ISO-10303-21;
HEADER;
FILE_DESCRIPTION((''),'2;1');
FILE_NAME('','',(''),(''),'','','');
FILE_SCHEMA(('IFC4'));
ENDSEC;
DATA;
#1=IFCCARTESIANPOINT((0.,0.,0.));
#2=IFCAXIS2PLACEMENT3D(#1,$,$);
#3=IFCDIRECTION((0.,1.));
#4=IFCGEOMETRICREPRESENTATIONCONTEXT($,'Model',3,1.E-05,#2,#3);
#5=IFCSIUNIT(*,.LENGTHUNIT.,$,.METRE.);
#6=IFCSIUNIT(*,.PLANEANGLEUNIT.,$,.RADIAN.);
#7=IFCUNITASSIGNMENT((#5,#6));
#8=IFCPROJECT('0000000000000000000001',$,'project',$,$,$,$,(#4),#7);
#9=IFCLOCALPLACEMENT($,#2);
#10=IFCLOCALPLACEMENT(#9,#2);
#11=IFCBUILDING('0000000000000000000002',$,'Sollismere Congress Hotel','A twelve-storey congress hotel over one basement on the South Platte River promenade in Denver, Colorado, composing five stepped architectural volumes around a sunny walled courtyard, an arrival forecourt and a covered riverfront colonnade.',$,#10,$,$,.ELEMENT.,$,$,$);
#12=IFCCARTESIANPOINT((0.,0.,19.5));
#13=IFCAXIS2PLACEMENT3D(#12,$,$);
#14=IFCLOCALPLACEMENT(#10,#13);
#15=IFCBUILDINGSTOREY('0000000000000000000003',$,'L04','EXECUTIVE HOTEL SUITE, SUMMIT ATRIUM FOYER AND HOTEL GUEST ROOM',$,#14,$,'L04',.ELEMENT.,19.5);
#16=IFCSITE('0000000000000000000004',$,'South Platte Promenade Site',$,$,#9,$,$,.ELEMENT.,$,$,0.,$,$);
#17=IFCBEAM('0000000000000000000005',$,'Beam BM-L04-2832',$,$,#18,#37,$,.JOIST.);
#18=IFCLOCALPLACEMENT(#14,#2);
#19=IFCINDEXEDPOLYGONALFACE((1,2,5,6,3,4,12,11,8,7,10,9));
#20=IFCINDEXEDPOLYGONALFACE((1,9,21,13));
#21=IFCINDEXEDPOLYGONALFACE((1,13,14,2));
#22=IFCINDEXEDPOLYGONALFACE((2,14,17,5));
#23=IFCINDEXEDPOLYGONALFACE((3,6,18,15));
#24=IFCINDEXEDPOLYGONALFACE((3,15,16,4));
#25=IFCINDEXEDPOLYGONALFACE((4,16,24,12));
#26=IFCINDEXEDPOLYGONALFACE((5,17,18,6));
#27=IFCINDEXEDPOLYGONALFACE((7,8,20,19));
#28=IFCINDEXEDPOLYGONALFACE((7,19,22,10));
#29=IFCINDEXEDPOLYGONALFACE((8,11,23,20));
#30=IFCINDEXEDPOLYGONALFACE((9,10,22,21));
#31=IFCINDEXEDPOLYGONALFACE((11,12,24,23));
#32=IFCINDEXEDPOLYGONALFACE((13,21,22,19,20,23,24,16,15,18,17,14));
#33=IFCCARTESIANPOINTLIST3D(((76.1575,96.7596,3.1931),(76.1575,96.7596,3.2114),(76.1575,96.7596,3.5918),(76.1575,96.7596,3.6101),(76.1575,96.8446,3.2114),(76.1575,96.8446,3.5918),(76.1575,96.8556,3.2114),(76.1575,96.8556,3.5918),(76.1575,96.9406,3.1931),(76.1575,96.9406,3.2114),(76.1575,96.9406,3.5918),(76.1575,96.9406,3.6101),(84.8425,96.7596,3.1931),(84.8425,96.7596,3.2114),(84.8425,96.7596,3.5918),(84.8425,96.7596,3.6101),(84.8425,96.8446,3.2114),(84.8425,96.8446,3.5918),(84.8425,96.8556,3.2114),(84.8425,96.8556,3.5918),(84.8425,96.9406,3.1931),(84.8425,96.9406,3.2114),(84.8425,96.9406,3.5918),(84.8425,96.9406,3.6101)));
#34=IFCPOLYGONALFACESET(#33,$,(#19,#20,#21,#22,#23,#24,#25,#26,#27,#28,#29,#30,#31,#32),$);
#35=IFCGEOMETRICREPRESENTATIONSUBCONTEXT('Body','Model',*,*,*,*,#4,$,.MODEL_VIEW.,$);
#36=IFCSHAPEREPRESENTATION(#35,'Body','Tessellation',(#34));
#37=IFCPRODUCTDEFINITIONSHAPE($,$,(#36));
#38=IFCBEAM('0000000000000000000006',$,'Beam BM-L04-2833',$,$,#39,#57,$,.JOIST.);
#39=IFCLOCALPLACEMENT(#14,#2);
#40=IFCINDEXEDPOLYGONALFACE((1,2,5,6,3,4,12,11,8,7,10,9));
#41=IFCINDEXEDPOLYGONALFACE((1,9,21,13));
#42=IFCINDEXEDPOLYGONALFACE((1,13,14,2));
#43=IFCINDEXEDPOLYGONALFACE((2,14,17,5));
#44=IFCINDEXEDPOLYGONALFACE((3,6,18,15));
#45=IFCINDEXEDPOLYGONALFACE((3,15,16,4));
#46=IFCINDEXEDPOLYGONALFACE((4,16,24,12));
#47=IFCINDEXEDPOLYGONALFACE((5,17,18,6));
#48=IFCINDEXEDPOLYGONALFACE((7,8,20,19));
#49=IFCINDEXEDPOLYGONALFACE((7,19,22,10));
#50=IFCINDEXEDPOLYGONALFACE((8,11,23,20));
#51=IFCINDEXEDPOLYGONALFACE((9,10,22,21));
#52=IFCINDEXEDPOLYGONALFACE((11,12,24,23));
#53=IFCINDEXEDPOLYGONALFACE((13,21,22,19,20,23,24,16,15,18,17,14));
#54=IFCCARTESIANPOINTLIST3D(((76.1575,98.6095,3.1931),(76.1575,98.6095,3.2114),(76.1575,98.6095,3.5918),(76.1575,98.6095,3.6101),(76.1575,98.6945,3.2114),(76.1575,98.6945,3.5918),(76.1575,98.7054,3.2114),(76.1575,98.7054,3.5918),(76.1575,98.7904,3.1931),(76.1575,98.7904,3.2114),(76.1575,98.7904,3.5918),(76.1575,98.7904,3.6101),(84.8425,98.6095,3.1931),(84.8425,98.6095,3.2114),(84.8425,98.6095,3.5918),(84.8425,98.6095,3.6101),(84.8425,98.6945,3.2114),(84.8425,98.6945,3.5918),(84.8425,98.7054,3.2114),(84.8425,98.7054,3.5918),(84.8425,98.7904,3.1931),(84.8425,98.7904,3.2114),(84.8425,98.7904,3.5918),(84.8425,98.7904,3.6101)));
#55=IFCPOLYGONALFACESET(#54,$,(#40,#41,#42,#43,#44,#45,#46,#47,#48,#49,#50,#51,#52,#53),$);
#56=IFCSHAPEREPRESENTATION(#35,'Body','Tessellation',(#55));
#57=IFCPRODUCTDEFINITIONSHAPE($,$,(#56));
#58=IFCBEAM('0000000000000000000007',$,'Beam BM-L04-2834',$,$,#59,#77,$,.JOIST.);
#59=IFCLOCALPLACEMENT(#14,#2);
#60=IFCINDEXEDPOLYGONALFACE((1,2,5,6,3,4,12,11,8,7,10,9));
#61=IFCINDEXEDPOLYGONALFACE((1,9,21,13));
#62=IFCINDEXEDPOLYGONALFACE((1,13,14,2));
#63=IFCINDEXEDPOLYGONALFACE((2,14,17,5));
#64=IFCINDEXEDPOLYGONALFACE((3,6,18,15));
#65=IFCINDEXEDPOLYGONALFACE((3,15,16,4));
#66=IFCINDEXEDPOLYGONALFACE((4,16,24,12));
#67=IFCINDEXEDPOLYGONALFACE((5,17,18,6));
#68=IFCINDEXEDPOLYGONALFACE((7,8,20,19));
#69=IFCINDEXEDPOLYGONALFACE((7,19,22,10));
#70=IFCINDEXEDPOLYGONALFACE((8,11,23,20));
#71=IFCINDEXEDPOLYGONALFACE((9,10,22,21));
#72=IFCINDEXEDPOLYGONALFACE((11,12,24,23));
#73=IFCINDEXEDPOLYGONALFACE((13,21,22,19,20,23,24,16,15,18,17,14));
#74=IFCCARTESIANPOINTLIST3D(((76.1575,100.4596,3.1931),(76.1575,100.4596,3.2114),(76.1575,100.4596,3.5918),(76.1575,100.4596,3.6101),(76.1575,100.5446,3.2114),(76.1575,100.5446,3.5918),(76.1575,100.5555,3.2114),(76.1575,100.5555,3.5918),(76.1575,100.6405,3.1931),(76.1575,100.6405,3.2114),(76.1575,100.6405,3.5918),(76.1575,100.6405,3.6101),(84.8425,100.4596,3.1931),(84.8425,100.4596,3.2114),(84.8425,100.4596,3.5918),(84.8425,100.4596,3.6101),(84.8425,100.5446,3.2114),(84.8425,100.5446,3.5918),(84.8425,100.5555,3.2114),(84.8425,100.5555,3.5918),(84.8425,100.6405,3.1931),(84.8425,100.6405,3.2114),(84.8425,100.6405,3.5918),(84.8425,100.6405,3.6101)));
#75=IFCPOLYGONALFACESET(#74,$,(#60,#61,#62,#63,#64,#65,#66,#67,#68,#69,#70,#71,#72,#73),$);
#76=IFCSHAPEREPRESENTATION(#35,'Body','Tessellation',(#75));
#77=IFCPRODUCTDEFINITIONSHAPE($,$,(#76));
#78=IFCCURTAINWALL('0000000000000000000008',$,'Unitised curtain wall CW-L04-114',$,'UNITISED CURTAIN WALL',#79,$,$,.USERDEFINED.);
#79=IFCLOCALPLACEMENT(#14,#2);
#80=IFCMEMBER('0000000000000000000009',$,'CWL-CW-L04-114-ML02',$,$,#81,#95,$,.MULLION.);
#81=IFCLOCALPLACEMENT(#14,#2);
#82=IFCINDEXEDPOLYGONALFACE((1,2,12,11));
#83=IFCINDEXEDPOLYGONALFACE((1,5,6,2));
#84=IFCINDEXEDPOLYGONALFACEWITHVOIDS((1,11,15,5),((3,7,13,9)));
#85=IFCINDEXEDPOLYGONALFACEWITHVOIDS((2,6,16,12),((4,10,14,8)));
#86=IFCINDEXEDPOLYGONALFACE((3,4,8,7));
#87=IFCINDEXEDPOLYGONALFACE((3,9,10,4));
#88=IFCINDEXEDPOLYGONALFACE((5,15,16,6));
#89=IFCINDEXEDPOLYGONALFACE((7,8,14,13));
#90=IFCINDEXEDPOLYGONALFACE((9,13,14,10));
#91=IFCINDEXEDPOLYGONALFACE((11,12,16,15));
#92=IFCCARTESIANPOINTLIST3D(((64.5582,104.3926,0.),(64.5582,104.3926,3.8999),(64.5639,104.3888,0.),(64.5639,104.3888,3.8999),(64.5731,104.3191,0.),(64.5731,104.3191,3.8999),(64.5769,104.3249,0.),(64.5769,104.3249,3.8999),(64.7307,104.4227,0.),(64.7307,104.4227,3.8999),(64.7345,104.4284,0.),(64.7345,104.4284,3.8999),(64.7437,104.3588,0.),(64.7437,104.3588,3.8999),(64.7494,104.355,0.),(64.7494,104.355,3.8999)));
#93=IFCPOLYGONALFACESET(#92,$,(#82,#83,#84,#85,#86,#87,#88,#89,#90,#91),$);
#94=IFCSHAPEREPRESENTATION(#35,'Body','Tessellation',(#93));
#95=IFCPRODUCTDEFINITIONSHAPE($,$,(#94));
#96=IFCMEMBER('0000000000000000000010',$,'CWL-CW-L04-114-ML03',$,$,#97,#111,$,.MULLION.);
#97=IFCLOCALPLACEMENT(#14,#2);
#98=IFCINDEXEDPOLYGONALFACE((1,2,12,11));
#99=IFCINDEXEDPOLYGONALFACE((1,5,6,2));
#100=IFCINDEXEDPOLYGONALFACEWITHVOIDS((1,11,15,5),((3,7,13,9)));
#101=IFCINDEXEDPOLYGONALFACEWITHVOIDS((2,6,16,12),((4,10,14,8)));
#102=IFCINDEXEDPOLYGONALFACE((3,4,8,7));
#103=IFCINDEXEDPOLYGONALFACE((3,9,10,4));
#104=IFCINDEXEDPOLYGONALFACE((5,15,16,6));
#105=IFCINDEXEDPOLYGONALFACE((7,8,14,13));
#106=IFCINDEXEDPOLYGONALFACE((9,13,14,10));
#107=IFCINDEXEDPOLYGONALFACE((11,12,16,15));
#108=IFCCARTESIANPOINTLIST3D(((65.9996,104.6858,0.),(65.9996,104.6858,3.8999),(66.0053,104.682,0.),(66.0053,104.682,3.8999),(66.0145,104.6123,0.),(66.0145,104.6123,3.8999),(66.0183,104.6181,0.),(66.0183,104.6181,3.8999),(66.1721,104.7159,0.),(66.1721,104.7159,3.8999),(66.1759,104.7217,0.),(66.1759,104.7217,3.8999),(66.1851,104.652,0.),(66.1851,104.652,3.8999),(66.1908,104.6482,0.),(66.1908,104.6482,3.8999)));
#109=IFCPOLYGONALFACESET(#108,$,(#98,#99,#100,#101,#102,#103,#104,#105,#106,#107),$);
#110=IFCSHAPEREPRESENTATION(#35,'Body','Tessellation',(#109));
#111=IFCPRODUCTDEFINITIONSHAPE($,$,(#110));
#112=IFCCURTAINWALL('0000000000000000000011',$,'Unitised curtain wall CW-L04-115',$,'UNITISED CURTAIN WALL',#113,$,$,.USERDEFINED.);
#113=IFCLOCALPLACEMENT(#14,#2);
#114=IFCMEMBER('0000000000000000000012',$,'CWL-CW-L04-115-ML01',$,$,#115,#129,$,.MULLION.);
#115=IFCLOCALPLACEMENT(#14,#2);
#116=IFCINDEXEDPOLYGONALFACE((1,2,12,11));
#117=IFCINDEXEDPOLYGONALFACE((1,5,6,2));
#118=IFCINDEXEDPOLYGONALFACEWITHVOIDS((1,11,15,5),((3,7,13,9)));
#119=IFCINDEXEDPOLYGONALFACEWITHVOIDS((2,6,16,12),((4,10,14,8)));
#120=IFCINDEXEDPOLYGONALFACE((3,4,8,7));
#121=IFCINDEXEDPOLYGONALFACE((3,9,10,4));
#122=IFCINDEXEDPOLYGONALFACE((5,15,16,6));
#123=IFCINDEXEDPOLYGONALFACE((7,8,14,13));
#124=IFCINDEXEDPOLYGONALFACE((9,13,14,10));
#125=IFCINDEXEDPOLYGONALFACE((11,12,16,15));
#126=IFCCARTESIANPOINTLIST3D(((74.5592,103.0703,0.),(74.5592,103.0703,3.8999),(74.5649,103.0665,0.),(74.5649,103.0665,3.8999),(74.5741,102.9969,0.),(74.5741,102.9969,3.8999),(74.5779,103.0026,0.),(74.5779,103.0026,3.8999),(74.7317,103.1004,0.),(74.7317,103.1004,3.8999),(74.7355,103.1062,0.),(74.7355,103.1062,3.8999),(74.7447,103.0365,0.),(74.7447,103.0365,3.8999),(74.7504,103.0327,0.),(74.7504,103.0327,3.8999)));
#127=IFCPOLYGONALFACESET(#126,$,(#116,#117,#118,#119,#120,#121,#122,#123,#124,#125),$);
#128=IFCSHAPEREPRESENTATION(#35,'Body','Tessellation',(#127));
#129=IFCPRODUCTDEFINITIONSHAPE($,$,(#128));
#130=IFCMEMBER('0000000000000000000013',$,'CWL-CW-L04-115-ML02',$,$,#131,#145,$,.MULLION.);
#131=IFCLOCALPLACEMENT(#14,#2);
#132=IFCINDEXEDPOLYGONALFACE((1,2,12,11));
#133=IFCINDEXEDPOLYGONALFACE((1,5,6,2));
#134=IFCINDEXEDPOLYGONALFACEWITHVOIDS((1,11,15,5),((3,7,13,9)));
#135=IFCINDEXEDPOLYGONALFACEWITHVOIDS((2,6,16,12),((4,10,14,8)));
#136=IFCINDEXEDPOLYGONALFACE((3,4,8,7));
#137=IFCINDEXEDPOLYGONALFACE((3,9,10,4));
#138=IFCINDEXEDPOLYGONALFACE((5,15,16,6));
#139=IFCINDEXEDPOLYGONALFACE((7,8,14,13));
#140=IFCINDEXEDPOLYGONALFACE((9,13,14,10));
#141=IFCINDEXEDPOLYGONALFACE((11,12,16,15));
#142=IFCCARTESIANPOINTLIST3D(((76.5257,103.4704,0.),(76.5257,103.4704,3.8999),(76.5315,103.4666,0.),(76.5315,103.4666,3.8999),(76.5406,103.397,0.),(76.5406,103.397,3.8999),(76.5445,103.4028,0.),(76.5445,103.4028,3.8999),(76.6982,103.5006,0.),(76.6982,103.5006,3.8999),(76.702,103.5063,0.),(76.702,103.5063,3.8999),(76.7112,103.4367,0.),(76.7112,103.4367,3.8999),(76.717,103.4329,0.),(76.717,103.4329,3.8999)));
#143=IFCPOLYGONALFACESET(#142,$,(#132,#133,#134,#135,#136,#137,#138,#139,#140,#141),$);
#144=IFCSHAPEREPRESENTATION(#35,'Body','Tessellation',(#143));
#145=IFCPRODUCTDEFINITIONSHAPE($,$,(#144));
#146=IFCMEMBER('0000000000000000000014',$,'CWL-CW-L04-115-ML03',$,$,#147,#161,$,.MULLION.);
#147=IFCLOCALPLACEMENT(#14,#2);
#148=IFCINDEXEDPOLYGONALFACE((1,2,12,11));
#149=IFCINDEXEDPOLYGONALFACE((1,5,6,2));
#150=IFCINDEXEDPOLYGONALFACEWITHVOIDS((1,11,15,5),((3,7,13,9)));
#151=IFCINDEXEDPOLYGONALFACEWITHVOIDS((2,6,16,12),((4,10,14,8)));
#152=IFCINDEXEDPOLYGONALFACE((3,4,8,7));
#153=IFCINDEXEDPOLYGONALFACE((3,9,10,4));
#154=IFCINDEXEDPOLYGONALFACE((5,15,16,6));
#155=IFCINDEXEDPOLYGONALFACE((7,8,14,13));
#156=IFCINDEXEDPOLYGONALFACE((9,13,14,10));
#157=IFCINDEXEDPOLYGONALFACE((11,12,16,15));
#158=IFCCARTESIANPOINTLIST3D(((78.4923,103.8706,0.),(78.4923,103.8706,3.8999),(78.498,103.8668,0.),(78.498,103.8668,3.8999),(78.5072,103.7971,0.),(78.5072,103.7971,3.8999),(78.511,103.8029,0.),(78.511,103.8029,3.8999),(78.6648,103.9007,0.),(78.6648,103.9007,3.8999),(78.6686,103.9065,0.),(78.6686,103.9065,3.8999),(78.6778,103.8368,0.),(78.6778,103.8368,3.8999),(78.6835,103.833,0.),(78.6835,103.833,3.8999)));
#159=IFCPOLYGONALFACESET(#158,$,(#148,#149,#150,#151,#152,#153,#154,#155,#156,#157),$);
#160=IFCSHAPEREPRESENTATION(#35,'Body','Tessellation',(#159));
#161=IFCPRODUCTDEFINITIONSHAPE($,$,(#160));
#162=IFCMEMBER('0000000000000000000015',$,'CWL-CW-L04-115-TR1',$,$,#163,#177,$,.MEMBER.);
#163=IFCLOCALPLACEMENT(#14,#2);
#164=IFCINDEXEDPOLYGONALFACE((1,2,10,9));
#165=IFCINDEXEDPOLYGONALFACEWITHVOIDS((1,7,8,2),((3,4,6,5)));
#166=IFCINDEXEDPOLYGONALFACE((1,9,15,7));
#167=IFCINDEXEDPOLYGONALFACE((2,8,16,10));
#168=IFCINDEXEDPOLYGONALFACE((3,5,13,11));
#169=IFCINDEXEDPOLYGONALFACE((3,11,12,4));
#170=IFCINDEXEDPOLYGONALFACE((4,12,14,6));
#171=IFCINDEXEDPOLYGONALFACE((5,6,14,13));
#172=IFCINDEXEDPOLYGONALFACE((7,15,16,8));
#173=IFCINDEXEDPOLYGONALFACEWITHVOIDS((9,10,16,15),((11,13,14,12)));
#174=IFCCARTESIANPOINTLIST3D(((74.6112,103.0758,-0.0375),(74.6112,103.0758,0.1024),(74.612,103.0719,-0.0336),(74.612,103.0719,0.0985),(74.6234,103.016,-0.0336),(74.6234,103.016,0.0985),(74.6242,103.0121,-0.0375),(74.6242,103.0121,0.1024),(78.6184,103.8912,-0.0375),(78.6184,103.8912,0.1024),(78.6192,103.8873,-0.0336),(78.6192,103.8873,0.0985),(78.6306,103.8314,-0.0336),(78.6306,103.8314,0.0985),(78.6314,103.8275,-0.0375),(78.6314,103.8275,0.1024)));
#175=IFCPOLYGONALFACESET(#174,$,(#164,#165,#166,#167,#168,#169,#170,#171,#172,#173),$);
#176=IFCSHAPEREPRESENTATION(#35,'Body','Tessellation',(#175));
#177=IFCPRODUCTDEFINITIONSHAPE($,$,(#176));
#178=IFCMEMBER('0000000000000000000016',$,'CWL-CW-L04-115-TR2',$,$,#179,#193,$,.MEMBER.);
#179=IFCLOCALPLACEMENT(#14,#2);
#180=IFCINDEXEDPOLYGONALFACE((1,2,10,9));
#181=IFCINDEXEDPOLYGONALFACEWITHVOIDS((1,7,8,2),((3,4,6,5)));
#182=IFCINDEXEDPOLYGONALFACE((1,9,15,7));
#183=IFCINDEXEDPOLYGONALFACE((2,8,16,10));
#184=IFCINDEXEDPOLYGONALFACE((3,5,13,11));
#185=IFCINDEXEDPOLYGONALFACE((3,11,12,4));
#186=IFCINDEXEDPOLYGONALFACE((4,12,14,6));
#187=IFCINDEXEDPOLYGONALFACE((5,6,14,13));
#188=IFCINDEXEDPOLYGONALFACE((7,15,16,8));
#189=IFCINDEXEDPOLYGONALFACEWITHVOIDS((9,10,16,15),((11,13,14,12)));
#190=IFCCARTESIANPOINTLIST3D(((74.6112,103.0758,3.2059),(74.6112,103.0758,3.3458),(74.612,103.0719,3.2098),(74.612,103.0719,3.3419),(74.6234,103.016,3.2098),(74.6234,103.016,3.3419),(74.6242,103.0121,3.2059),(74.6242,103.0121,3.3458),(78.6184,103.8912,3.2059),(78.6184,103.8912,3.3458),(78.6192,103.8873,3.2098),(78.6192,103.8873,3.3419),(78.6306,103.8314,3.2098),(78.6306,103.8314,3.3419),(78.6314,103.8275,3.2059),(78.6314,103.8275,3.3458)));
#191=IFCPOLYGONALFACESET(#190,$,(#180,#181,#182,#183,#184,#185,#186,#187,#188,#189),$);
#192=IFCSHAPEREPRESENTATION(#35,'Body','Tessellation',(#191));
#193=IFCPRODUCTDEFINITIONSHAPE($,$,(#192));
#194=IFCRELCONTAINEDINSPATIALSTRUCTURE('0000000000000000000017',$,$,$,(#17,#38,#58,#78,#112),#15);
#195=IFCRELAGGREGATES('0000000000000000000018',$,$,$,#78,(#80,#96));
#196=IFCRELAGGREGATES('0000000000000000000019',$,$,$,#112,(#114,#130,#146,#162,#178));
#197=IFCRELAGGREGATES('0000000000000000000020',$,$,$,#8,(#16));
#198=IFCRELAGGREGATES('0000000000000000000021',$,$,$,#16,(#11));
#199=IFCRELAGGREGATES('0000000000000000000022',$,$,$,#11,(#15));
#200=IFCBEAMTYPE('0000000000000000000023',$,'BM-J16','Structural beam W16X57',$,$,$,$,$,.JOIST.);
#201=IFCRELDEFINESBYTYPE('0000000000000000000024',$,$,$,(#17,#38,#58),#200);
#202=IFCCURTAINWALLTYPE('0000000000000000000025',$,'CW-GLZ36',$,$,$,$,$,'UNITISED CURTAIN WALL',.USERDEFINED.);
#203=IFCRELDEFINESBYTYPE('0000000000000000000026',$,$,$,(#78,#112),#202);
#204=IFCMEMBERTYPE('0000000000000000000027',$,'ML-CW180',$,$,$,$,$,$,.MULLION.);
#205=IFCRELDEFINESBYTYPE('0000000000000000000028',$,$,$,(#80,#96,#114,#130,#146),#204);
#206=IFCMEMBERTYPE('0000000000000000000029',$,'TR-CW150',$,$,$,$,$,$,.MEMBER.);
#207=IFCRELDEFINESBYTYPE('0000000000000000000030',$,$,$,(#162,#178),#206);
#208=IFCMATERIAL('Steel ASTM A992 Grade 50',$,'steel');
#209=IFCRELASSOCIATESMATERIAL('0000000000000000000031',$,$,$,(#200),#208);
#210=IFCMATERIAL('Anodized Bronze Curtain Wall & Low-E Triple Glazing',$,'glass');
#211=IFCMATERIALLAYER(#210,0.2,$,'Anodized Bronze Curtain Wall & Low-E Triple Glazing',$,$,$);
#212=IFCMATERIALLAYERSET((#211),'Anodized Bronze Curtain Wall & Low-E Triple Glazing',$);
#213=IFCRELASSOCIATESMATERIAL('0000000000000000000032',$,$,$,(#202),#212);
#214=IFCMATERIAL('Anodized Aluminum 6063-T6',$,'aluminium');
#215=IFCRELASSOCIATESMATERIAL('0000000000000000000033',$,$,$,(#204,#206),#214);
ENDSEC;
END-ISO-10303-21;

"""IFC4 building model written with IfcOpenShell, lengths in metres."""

from ifc_helpers import new_model, si_unit, direction, frame, origin, origin_2d, place, context, subcontext, project, spatial, hollow_rectangle, i_section, extrude, material, layer, layer_set, material_profile, profile_set, type_object, element, aggregate, save


model = new_model("IFC4")

# Units and contexts
model_context = context("Model", 3, precision=1e-05, world=origin(), true_north=direction((0.0, 1.0)))
body_context = subcontext(model_context, "Body", "Model", "MODEL_VIEW")
ifc_project = project(units=[si_unit("LENGTHUNIT", "METRE"), si_unit("PLANEANGLEUNIT", "RADIAN")], contexts=[model_context])

# Site, building, storey
site_placement = place(None, origin())
site = spatial("IfcSite", under=ifc_project, at=site_placement, Name="South Platte Promenade Site", CompositionType="ELEMENT", RefElevation=0.0)
building_placement = place(site_placement, origin())
building = spatial("IfcBuilding", under=site, at=building_placement, Name="Sollismere Congress Hotel", Description="A twelve-storey congress hotel over one basement on the South Platte River promenade in Denver, Colorado, composing five stepped architectural volumes around a sunny walled courtyard, an arrival forecourt and a covered riverfront colonnade.", CompositionType="ELEMENT")
storey_placement = place(building_placement, frame((0.0, 0.0, 19.5)))
storey = spatial("IfcBuildingStorey", under=building, at=storey_placement, Name="L04", Description="EXECUTIVE HOTEL SUITE, SUMMIT ATRIUM FOYER AND HOTEL GUEST ROOM", LongName="L04", CompositionType="ELEMENT", Elevation=19.5)

# Shared definitions
ifc_material_1 = material(Name="Steel ASTM A992 Grade 50", Category="steel")

# Beams
ifc_material_profile_1 = material_profile(ifc_material_1, i_section(OverallWidth=0.1809, OverallDepth=0.417, WebThickness=0.011, FlangeThickness=0.0183, at=origin_2d()), Name="W16X57")
ifc_profile_set_1 = profile_set([ifc_material_profile_1], Name="Steel ASTM A992 Grade 50")
beam_type_1 = type_object("IfcBeamType", Name="BM-J16", Description="Structural beam W16X57", PredefinedType="JOIST", material=ifc_profile_set_1)
for number, where, z_axis, x_axis, name in (
    (1, (76.1575, 96.8501, 3.4016), (1.0, 0.0, 0.0), (0.0, 1.0, 0.0), "Beam BM-L04-2832"),
    (2, (76.1575, 98.7, 3.4016), (1.0, 0.0, 0.0), (0.0, 1.0, 0.0), "Beam BM-L04-2833"),
    (3, (76.1575, 100.55, 3.4016), (1.0, 0.0, 0.0), (0.0, 1.0, 0.0), "Beam BM-L04-2834"),
):
    element("IfcBeam", number, at=place(storey_placement, frame(where, z_axis=z_axis, x_axis=x_axis)), inside=storey, type_object=beam_type_1, Name=name, PredefinedType="JOIST", context=body_context, shape_type="SweptSolid", body=[
        extrude(i_section(OverallWidth=0.1809, OverallDepth=0.417, WebThickness=0.011, FlangeThickness=0.0183, at=origin_2d()), origin(), (0.0, 0.0, 1.0), 8.6851),
    ])

# Curtain walls, members
ifc_material_2 = material(Name="Anodized Bronze Curtain Wall & Low-E Triple Glazing", Category="glass")
ifc_layer_1 = layer(ifc_material_2, 0.2, Name="Anodized Bronze Curtain Wall & Low-E Triple Glazing")
ifc_layer_set_1 = layer_set([ifc_layer_1], Name="Anodized Bronze Curtain Wall & Low-E Triple Glazing")
curtain_wall_type = type_object("IfcCurtainWallType", Name="CW-GLZ36", ElementType="UNITISED CURTAIN WALL", PredefinedType="USERDEFINED", material=ifc_layer_set_1)
curtain_wall_1_placement = place(storey_placement, origin())
curtain_wall_1 = element("IfcCurtainWall", 4, at=curtain_wall_1_placement, inside=storey, type_object=curtain_wall_type, Name="Unitised curtain wall CW-L04-114", ObjectType="UNITISED CURTAIN WALL", PredefinedType="USERDEFINED")
ifc_material_3 = material(Name="Anodized Aluminum 6063-T6", Category="aluminium")
ifc_material_profile_2 = material_profile(ifc_material_3, hollow_rectangle(XDim=0.075, YDim=0.1799, WallThickness=0.0049, at=origin_2d()), Name="ALU180X75X5")
ifc_profile_set_2 = profile_set([ifc_material_profile_2], Name="Anodized Aluminum 6063-T6")
member_type_1 = type_object("IfcMemberType", Name="ML-CW180", PredefinedType="MULLION", material=ifc_profile_set_2)
member_1_placement = place(storey_placement, frame((64.6538, 104.3738, 0.0), z_axis=(0.0, 0.0, 1.0), x_axis=(-0.199368, 0.979925, 0.0)))
member_1 = element("IfcMember", 5, at=member_1_placement, type_object=member_type_1, Name="CWL-CW-L04-114-ML02", PredefinedType="MULLION", context=body_context, shape_type="SweptSolid", body=[
    extrude(hollow_rectangle(XDim=0.075, YDim=0.1799, WallThickness=0.0049, at=origin_2d()), origin(), (0.0, 0.0, 1.0), 3.8999),
])
member_2_placement = place(storey_placement, frame((66.0952, 104.667, 0.0), z_axis=(0.0, 0.0, 1.0), x_axis=(-0.199368, 0.979925, 0.0)))
member_2 = element("IfcMember", 6, at=member_2_placement, type_object=member_type_1, Name="CWL-CW-L04-114-ML03", PredefinedType="MULLION", context=body_context, shape_type="SweptSolid", body=[
    extrude(hollow_rectangle(XDim=0.075, YDim=0.1799, WallThickness=0.0049, at=origin_2d()), origin(), (0.0, 0.0, 1.0), 3.8999),
])
curtain_wall_2_placement = place(storey_placement, origin())
curtain_wall_2 = element("IfcCurtainWall", 7, at=curtain_wall_2_placement, inside=storey, type_object=curtain_wall_type, Name="Unitised curtain wall CW-L04-115", ObjectType="UNITISED CURTAIN WALL", PredefinedType="USERDEFINED")
member_3_placement = place(storey_placement, frame((74.6548, 103.0515, 0.0), z_axis=(0.0, 0.0, 1.0), x_axis=(-0.199368, 0.979925, 0.0)))
member_3 = element("IfcMember", 8, at=member_3_placement, type_object=member_type_1, Name="CWL-CW-L04-115-ML01", PredefinedType="MULLION", context=body_context, shape_type="SweptSolid", body=[
    extrude(hollow_rectangle(XDim=0.075, YDim=0.1799, WallThickness=0.0049, at=origin_2d()), origin(), (0.0, 0.0, 1.0), 3.8999),
])
member_4_placement = place(storey_placement, frame((76.6213, 103.4517, 0.0), z_axis=(0.0, 0.0, 1.0), x_axis=(-0.199368, 0.979925, 0.0)))
member_4 = element("IfcMember", 9, at=member_4_placement, type_object=member_type_1, Name="CWL-CW-L04-115-ML02", PredefinedType="MULLION", context=body_context, shape_type="SweptSolid", body=[
    extrude(hollow_rectangle(XDim=0.075, YDim=0.1799, WallThickness=0.0049, at=origin_2d()), origin(), (0.0, 0.0, 1.0), 3.8999),
])
member_5_placement = place(storey_placement, frame((78.5879, 103.8518, 0.0), z_axis=(0.0, 0.0, 1.0), x_axis=(-0.199368, 0.979925, 0.0)))
member_5 = element("IfcMember", 10, at=member_5_placement, type_object=member_type_1, Name="CWL-CW-L04-115-ML03", PredefinedType="MULLION", context=body_context, shape_type="SweptSolid", body=[
    extrude(hollow_rectangle(XDim=0.075, YDim=0.1799, WallThickness=0.0049, at=origin_2d()), origin(), (0.0, 0.0, 1.0), 3.8999),
])
ifc_material_profile_3 = material_profile(ifc_material_3, hollow_rectangle(XDim=0.0649, YDim=0.1399, WallThickness=0.0039, at=origin_2d()), Name="ALU140X65X4")
ifc_profile_set_3 = profile_set([ifc_material_profile_3], Name="Anodized Aluminum 6063-T6")
member_type_2 = type_object("IfcMemberType", Name="TR-CW150", PredefinedType="MEMBER", material=ifc_profile_set_3)
member_6_placement = place(storey_placement, frame((74.6177, 103.0439, 0.0325), z_axis=(0.979918, 0.199399, 0.0), x_axis=(-0.199399, 0.979918, 0.0)))
member_6 = element("IfcMember", 11, at=member_6_placement, type_object=member_type_2, Name="CWL-CW-L04-115-TR1", PredefinedType="MEMBER", context=body_context, shape_type="SweptSolid", body=[
    extrude(hollow_rectangle(XDim=0.0649, YDim=0.1399, WallThickness=0.0039, at=origin_2d()), origin(), (0.0, 0.0, 1.0), 4.0894),
])
member_7_placement = place(storey_placement, frame((74.6177, 103.0439, 3.2759), z_axis=(0.979918, 0.199399, 0.0), x_axis=(-0.199399, 0.979918, 0.0)))
member_7 = element("IfcMember", 12, at=member_7_placement, type_object=member_type_2, Name="CWL-CW-L04-115-TR2", PredefinedType="MEMBER", context=body_context, shape_type="SweptSolid", body=[
    extrude(hollow_rectangle(XDim=0.0649, YDim=0.1399, WallThickness=0.0039, at=origin_2d()), origin(), (0.0, 0.0, 1.0), 4.0894),
])

aggregate(curtain_wall_1, [member_1, member_2])
aggregate(curtain_wall_2, [member_3, member_4, member_5, member_6, member_7])

save(model, "model.ifc")
